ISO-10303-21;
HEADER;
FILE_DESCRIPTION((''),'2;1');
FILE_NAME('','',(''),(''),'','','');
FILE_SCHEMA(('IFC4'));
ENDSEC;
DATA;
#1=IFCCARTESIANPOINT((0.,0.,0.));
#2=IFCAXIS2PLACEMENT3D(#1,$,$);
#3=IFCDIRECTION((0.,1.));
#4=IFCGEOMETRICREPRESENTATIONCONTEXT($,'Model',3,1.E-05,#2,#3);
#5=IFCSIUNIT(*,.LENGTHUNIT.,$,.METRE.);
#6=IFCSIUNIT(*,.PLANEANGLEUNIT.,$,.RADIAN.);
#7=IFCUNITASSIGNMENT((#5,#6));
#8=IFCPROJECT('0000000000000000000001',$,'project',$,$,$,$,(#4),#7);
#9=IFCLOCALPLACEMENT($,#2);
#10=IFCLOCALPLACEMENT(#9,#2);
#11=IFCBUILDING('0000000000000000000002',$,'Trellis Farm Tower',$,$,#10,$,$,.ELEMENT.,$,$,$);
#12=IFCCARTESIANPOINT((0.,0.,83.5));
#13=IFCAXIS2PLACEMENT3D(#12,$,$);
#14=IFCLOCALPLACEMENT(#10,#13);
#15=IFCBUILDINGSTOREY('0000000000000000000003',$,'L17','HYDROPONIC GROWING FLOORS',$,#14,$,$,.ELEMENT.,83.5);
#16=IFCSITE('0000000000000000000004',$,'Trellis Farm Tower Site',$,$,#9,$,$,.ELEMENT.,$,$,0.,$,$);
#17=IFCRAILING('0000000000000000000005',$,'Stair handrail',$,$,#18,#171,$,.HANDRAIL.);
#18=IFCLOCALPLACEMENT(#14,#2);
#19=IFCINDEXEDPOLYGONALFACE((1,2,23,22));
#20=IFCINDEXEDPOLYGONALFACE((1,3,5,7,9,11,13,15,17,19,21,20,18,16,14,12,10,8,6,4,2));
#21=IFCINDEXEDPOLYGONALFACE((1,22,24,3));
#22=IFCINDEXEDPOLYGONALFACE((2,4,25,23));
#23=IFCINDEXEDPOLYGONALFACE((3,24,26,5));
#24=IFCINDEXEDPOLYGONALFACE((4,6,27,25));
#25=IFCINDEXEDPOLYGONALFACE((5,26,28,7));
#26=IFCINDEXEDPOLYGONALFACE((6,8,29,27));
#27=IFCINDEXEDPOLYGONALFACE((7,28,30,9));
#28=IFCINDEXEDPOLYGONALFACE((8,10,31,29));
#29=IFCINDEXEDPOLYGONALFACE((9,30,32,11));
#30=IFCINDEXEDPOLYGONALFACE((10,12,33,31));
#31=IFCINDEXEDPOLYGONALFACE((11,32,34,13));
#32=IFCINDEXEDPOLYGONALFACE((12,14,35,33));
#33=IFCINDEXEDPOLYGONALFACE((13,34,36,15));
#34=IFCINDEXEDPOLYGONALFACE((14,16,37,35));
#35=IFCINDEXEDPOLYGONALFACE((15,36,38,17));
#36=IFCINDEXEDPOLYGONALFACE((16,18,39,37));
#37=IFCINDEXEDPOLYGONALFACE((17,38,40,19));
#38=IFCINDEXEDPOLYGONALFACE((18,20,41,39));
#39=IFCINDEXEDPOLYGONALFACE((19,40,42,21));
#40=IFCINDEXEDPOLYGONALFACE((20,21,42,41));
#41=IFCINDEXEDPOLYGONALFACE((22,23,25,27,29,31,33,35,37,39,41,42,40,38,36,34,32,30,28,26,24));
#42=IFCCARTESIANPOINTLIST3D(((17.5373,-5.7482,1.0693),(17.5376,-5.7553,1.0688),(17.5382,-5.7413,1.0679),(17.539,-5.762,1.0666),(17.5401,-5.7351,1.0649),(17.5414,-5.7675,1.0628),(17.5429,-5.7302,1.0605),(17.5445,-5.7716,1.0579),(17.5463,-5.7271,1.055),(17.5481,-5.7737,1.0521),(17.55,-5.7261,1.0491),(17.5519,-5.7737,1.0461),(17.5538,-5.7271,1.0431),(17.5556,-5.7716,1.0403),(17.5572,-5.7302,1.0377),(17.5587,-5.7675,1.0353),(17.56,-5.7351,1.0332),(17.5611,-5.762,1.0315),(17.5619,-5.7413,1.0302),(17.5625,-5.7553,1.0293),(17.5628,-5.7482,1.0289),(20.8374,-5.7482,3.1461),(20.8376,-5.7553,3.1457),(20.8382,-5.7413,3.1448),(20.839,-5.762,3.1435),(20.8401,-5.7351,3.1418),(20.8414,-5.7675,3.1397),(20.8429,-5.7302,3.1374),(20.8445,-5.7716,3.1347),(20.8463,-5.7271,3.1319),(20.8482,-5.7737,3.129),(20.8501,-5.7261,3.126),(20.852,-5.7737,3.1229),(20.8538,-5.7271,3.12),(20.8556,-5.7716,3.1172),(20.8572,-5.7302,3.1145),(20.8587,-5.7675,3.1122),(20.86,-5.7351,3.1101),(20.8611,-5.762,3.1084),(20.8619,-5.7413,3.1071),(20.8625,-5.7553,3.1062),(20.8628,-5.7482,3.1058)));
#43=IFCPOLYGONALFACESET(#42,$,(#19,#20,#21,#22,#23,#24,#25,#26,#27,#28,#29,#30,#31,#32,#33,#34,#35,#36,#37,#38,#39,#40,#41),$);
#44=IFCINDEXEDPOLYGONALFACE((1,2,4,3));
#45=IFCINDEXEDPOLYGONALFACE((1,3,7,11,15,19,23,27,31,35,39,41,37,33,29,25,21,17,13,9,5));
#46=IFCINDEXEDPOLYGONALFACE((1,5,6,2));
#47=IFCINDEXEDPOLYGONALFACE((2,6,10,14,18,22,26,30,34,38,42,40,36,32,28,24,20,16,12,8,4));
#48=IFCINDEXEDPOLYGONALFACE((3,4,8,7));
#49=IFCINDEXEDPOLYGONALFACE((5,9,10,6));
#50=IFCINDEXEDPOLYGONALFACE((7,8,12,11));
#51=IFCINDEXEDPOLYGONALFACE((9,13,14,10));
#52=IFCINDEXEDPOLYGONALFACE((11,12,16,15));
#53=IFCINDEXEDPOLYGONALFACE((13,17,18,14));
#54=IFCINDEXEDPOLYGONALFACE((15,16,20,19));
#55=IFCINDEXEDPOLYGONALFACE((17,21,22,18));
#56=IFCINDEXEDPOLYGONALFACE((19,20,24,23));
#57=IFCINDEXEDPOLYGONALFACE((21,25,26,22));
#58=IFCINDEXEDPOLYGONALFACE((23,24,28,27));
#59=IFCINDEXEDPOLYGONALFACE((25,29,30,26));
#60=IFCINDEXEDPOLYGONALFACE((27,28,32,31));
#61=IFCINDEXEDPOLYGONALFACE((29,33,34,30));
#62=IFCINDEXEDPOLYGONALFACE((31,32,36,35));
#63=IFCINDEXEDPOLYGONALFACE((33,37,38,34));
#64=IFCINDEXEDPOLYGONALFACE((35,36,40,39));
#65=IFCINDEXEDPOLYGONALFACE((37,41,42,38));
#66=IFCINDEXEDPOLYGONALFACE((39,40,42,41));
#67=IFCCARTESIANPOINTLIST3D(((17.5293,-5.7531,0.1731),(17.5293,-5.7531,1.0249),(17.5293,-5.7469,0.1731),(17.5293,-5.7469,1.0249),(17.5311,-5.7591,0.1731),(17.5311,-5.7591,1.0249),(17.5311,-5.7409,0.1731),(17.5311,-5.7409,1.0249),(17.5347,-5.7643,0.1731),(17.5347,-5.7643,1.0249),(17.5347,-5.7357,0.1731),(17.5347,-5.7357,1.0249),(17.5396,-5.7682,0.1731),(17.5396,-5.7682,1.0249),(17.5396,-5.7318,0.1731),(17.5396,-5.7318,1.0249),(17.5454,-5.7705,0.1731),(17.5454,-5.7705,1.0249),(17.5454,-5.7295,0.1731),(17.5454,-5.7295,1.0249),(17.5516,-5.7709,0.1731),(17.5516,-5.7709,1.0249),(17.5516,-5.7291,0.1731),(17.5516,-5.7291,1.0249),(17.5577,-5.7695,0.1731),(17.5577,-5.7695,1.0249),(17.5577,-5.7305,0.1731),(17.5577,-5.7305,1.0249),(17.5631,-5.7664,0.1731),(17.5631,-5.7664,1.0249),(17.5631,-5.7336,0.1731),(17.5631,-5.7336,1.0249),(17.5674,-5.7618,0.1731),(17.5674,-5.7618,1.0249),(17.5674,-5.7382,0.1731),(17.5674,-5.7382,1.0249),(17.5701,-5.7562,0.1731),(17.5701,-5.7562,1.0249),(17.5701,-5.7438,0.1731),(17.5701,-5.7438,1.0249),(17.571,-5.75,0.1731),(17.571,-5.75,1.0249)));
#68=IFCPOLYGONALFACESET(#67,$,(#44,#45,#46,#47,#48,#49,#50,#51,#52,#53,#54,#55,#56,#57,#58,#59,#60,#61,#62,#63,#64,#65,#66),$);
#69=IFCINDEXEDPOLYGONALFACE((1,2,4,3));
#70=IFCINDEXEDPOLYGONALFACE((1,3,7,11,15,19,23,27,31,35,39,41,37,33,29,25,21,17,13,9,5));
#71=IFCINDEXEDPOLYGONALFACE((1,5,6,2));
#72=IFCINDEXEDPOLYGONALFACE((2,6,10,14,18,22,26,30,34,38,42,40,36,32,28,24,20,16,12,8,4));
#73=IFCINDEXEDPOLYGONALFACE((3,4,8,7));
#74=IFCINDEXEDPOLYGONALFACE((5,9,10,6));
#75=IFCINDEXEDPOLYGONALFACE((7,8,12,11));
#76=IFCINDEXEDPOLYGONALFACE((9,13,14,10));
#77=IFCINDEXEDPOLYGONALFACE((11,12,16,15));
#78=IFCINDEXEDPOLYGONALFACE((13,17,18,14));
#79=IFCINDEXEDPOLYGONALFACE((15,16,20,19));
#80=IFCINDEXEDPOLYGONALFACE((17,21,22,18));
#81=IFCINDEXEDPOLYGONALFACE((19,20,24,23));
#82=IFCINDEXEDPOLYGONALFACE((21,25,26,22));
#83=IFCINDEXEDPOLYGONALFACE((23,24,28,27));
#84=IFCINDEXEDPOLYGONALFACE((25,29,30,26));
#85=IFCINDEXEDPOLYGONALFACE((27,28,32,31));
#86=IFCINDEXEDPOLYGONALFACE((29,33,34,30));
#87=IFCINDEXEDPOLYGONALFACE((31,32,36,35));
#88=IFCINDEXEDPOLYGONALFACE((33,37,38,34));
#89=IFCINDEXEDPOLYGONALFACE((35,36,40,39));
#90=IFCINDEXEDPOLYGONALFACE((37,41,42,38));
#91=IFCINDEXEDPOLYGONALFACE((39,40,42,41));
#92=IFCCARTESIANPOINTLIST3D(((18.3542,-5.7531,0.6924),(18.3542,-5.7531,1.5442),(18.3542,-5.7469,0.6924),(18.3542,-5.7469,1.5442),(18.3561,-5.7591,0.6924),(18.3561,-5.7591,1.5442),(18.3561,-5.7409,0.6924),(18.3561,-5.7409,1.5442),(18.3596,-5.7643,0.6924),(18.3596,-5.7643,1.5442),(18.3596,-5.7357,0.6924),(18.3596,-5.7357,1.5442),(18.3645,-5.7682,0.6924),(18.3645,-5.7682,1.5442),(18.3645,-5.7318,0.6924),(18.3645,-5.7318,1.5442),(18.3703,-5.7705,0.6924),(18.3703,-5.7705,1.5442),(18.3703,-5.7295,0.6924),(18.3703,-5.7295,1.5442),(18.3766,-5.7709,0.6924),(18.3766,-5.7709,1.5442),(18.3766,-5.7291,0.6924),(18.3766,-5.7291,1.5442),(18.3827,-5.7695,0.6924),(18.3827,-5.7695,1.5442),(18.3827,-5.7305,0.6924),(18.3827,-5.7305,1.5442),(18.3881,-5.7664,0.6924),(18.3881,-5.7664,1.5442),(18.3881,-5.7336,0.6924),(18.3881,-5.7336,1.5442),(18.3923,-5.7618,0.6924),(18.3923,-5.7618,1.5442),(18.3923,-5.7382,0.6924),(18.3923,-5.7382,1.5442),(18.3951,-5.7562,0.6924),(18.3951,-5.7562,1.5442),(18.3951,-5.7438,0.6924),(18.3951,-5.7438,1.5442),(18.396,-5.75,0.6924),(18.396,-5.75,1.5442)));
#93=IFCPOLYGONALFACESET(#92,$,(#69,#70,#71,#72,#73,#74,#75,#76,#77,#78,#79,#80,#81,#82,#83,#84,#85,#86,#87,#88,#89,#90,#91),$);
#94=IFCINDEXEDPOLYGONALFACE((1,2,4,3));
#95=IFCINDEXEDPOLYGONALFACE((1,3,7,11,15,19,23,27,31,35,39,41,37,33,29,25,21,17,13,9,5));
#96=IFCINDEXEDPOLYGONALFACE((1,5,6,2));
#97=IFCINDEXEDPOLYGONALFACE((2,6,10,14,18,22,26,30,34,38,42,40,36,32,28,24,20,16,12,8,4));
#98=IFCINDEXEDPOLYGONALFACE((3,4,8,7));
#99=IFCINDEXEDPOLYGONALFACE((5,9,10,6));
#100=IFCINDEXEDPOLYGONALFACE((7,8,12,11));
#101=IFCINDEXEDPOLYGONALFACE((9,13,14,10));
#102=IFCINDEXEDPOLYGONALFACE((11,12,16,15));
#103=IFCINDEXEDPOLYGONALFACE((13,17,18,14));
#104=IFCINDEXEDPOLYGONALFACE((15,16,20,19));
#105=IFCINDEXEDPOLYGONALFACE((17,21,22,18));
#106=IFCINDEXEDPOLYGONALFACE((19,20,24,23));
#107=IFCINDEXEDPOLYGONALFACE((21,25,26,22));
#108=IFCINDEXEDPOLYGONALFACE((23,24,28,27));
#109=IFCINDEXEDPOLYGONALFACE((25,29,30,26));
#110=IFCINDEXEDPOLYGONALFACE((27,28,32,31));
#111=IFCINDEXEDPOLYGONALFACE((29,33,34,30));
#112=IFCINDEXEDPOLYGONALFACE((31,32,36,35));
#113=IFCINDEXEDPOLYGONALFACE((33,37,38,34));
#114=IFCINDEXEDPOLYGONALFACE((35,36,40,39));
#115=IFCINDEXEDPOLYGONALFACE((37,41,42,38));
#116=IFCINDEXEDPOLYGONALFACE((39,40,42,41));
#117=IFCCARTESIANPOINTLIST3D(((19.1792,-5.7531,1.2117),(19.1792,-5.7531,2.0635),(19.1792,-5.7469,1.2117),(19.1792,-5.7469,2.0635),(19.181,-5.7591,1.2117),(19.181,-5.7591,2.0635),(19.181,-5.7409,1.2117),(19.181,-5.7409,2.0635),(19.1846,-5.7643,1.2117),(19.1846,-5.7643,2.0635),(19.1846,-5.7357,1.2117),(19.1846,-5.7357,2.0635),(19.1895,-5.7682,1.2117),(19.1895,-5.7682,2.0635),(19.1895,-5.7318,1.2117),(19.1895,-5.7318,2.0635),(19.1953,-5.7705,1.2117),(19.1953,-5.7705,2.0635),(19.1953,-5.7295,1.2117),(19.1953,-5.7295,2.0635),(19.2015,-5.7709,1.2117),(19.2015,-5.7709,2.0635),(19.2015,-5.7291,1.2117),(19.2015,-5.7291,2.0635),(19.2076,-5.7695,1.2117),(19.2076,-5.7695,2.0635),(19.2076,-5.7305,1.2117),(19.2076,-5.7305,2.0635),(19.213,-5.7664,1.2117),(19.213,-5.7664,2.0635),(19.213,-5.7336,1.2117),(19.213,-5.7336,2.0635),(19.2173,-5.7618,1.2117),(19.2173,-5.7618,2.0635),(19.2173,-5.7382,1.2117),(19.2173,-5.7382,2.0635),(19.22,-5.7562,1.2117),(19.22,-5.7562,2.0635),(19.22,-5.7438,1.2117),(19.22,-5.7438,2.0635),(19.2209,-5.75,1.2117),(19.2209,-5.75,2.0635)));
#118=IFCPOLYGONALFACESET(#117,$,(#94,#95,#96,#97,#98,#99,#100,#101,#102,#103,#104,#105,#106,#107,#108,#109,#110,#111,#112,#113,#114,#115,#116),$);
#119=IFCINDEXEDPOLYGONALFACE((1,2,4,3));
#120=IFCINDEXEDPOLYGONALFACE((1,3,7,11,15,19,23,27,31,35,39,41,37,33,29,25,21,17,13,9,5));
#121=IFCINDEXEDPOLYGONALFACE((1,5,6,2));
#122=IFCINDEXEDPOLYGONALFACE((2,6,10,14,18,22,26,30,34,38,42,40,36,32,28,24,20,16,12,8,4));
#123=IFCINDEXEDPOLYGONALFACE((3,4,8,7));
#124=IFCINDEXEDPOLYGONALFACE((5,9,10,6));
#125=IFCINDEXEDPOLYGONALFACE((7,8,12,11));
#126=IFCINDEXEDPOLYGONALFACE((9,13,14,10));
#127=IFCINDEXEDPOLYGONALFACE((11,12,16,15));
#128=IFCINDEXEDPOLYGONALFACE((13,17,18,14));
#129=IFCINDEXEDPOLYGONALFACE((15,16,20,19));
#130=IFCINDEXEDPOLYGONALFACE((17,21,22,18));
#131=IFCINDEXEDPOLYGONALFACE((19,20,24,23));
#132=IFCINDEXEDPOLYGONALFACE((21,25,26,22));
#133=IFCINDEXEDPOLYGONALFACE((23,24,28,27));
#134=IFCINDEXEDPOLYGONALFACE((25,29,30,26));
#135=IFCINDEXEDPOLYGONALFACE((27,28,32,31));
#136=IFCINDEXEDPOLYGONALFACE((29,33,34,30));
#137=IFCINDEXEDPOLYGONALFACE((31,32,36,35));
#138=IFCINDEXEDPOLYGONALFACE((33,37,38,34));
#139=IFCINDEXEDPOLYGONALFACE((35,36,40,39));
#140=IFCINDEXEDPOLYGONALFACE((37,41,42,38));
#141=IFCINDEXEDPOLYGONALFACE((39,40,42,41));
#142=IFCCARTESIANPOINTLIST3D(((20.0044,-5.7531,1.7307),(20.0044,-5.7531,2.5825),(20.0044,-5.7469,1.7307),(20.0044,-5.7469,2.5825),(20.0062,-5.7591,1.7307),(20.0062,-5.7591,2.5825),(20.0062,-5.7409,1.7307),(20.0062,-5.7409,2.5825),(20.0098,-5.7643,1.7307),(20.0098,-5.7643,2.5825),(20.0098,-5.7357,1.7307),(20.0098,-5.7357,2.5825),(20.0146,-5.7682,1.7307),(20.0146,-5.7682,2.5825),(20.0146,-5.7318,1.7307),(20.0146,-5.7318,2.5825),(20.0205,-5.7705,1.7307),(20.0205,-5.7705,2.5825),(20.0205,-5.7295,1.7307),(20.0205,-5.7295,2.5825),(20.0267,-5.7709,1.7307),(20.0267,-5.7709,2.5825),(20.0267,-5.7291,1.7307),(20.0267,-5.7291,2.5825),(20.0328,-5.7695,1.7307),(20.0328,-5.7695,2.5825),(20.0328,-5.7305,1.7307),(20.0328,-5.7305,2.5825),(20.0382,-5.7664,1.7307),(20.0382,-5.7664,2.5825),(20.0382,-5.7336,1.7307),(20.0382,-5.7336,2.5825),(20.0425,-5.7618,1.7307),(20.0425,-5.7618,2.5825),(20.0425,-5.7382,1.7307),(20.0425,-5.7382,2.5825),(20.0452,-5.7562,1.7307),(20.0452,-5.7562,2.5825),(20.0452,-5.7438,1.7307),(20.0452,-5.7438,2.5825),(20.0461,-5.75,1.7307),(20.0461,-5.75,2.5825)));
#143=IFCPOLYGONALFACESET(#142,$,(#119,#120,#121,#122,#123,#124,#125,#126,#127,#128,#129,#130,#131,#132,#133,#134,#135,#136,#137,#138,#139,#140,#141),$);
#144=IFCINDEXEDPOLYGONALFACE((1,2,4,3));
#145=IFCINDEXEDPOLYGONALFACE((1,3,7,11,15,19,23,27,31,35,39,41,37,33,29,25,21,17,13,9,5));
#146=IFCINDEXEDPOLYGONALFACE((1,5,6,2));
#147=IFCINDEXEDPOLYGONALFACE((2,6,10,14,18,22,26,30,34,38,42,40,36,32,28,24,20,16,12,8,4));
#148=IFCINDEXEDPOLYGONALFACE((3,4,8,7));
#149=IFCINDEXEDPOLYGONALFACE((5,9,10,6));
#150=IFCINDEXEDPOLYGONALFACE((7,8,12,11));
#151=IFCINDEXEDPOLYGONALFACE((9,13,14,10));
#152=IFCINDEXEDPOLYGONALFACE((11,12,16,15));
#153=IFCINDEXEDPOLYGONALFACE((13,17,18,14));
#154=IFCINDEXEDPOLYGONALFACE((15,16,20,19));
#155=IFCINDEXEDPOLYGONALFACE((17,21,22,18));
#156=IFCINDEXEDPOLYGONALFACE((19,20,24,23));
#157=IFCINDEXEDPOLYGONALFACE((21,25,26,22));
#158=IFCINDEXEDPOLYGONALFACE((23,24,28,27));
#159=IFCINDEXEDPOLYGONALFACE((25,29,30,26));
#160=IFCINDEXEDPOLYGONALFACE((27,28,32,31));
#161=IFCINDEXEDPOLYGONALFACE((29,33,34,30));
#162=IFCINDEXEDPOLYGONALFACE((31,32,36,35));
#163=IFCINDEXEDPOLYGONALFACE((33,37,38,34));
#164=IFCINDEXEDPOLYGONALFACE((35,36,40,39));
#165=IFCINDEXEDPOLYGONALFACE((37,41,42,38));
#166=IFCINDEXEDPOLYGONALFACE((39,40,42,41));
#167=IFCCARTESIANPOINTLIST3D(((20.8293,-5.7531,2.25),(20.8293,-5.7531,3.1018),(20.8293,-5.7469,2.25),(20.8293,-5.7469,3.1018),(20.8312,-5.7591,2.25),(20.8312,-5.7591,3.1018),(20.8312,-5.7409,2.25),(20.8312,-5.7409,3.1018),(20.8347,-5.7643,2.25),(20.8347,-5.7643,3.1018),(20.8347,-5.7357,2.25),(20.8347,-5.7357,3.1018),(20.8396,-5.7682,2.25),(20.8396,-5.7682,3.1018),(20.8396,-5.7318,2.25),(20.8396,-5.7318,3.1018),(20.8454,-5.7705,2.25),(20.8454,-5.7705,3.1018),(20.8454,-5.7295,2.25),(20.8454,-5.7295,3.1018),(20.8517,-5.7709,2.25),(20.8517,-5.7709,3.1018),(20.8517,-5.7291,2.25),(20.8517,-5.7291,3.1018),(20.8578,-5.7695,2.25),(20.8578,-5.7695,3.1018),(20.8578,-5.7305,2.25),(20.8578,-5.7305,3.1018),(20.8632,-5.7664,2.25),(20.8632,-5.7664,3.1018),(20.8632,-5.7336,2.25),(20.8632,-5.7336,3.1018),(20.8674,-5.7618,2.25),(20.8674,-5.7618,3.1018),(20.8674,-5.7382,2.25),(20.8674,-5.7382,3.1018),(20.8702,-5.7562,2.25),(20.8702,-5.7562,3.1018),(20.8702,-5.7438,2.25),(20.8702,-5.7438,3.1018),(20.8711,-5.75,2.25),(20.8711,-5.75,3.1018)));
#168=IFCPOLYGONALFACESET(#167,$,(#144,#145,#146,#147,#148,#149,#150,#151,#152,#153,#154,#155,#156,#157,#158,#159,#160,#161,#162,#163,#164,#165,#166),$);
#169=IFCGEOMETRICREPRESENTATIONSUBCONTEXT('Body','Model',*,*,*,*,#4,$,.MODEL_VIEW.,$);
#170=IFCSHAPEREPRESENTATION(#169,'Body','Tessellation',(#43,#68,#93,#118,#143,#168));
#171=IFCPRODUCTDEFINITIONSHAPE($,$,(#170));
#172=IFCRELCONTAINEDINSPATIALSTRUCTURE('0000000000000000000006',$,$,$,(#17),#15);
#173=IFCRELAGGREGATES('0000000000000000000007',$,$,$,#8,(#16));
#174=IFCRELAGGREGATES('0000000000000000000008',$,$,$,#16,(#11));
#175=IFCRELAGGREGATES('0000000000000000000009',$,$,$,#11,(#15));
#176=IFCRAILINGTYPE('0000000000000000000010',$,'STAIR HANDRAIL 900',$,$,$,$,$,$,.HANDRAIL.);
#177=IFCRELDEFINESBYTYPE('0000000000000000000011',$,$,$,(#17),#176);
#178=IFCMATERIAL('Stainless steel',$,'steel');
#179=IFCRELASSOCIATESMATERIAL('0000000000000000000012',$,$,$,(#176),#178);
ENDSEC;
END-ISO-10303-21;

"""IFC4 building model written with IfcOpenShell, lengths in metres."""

from ifc_helpers import new_model, si_unit, direction, frame, origin, origin_2d, place, context, subcontext, project, spatial, circle, extrude, source, transform, mapped, material, type_object, element, save


model = new_model("IFC4")

# Units and contexts
model_context = context("Model", 3, precision=1e-05, world=origin(), true_north=direction((0.0, 1.0)))
body_context = subcontext(model_context, "Body", "Model", "MODEL_VIEW")
ifc_project = project(units=[si_unit("LENGTHUNIT", "METRE"), si_unit("PLANEANGLEUNIT", "RADIAN")], contexts=[model_context])

# Site, building, storey
site_placement = place(None, origin())
site = spatial("IfcSite", under=ifc_project, at=site_placement, Name="Trellis Farm Tower Site", CompositionType="ELEMENT", RefElevation=0.0)
building_placement = place(site_placement, origin())
building = spatial("IfcBuilding", under=site, at=building_placement, Name="Trellis Farm Tower", CompositionType="ELEMENT")
storey_placement = place(building_placement, frame((0.0, 0.0, 83.5)))
storey = spatial("IfcBuildingStorey", under=building, at=storey_placement, Name="L17", Description="HYDROPONIC GROWING FLOORS", CompositionType="ELEMENT", Elevation=83.5)

# Railing
ifc_material_1 = material(Name="Stainless steel", Category="steel")
railing_type = type_object("IfcRailingType", Name="STAIR HANDRAIL 900", PredefinedType="HANDRAIL", material=ifc_material_1)
shared_shape_1 = source(origin(), body_context, "Body", "SweptSolid", [
    extrude(circle(Radius=0.0239, at=origin_2d()), frame((0.0, 0.0, 0.876), z_axis=(0.846337, 0.0, 0.532647), x_axis=(0.0, 1.0, 0.0)), (0.0, 0.0, 1.0), 3.8992),
    extrude(circle(Radius=0.021, at=origin_2d()), origin(), (0.0, 0.0, 1.0), 0.8518),
    extrude(circle(Radius=0.021, at=origin_2d()), frame((0.825, 0.0, 0.5193)), (0.0, 0.0, 1.0), 0.8518),
    extrude(circle(Radius=0.021, at=origin_2d()), frame((1.6499, 0.0, 1.0386)), (0.0, 0.0, 1.0), 0.8518),
    extrude(circle(Radius=0.021, at=origin_2d()), frame((2.4751, 0.0, 1.5576)), (0.0, 0.0, 1.0), 0.8518),
    extrude(circle(Radius=0.021, at=origin_2d()), frame((3.3, 0.0, 2.0769)), (0.0, 0.0, 1.0), 0.8518),
])
railing_placement = place(storey_placement, frame((17.55, -5.75, 0.1731)))
element("IfcRailing", 1, at=railing_placement, inside=storey, type_object=railing_type, Name="Stair handrail", PredefinedType="HANDRAIL", context=body_context, shape_type="MappedRepresentation", body=[
    mapped(shared_shape_1, transform((0.0, 0.0, 0.0))),
])

save(model, "model.ifc")
